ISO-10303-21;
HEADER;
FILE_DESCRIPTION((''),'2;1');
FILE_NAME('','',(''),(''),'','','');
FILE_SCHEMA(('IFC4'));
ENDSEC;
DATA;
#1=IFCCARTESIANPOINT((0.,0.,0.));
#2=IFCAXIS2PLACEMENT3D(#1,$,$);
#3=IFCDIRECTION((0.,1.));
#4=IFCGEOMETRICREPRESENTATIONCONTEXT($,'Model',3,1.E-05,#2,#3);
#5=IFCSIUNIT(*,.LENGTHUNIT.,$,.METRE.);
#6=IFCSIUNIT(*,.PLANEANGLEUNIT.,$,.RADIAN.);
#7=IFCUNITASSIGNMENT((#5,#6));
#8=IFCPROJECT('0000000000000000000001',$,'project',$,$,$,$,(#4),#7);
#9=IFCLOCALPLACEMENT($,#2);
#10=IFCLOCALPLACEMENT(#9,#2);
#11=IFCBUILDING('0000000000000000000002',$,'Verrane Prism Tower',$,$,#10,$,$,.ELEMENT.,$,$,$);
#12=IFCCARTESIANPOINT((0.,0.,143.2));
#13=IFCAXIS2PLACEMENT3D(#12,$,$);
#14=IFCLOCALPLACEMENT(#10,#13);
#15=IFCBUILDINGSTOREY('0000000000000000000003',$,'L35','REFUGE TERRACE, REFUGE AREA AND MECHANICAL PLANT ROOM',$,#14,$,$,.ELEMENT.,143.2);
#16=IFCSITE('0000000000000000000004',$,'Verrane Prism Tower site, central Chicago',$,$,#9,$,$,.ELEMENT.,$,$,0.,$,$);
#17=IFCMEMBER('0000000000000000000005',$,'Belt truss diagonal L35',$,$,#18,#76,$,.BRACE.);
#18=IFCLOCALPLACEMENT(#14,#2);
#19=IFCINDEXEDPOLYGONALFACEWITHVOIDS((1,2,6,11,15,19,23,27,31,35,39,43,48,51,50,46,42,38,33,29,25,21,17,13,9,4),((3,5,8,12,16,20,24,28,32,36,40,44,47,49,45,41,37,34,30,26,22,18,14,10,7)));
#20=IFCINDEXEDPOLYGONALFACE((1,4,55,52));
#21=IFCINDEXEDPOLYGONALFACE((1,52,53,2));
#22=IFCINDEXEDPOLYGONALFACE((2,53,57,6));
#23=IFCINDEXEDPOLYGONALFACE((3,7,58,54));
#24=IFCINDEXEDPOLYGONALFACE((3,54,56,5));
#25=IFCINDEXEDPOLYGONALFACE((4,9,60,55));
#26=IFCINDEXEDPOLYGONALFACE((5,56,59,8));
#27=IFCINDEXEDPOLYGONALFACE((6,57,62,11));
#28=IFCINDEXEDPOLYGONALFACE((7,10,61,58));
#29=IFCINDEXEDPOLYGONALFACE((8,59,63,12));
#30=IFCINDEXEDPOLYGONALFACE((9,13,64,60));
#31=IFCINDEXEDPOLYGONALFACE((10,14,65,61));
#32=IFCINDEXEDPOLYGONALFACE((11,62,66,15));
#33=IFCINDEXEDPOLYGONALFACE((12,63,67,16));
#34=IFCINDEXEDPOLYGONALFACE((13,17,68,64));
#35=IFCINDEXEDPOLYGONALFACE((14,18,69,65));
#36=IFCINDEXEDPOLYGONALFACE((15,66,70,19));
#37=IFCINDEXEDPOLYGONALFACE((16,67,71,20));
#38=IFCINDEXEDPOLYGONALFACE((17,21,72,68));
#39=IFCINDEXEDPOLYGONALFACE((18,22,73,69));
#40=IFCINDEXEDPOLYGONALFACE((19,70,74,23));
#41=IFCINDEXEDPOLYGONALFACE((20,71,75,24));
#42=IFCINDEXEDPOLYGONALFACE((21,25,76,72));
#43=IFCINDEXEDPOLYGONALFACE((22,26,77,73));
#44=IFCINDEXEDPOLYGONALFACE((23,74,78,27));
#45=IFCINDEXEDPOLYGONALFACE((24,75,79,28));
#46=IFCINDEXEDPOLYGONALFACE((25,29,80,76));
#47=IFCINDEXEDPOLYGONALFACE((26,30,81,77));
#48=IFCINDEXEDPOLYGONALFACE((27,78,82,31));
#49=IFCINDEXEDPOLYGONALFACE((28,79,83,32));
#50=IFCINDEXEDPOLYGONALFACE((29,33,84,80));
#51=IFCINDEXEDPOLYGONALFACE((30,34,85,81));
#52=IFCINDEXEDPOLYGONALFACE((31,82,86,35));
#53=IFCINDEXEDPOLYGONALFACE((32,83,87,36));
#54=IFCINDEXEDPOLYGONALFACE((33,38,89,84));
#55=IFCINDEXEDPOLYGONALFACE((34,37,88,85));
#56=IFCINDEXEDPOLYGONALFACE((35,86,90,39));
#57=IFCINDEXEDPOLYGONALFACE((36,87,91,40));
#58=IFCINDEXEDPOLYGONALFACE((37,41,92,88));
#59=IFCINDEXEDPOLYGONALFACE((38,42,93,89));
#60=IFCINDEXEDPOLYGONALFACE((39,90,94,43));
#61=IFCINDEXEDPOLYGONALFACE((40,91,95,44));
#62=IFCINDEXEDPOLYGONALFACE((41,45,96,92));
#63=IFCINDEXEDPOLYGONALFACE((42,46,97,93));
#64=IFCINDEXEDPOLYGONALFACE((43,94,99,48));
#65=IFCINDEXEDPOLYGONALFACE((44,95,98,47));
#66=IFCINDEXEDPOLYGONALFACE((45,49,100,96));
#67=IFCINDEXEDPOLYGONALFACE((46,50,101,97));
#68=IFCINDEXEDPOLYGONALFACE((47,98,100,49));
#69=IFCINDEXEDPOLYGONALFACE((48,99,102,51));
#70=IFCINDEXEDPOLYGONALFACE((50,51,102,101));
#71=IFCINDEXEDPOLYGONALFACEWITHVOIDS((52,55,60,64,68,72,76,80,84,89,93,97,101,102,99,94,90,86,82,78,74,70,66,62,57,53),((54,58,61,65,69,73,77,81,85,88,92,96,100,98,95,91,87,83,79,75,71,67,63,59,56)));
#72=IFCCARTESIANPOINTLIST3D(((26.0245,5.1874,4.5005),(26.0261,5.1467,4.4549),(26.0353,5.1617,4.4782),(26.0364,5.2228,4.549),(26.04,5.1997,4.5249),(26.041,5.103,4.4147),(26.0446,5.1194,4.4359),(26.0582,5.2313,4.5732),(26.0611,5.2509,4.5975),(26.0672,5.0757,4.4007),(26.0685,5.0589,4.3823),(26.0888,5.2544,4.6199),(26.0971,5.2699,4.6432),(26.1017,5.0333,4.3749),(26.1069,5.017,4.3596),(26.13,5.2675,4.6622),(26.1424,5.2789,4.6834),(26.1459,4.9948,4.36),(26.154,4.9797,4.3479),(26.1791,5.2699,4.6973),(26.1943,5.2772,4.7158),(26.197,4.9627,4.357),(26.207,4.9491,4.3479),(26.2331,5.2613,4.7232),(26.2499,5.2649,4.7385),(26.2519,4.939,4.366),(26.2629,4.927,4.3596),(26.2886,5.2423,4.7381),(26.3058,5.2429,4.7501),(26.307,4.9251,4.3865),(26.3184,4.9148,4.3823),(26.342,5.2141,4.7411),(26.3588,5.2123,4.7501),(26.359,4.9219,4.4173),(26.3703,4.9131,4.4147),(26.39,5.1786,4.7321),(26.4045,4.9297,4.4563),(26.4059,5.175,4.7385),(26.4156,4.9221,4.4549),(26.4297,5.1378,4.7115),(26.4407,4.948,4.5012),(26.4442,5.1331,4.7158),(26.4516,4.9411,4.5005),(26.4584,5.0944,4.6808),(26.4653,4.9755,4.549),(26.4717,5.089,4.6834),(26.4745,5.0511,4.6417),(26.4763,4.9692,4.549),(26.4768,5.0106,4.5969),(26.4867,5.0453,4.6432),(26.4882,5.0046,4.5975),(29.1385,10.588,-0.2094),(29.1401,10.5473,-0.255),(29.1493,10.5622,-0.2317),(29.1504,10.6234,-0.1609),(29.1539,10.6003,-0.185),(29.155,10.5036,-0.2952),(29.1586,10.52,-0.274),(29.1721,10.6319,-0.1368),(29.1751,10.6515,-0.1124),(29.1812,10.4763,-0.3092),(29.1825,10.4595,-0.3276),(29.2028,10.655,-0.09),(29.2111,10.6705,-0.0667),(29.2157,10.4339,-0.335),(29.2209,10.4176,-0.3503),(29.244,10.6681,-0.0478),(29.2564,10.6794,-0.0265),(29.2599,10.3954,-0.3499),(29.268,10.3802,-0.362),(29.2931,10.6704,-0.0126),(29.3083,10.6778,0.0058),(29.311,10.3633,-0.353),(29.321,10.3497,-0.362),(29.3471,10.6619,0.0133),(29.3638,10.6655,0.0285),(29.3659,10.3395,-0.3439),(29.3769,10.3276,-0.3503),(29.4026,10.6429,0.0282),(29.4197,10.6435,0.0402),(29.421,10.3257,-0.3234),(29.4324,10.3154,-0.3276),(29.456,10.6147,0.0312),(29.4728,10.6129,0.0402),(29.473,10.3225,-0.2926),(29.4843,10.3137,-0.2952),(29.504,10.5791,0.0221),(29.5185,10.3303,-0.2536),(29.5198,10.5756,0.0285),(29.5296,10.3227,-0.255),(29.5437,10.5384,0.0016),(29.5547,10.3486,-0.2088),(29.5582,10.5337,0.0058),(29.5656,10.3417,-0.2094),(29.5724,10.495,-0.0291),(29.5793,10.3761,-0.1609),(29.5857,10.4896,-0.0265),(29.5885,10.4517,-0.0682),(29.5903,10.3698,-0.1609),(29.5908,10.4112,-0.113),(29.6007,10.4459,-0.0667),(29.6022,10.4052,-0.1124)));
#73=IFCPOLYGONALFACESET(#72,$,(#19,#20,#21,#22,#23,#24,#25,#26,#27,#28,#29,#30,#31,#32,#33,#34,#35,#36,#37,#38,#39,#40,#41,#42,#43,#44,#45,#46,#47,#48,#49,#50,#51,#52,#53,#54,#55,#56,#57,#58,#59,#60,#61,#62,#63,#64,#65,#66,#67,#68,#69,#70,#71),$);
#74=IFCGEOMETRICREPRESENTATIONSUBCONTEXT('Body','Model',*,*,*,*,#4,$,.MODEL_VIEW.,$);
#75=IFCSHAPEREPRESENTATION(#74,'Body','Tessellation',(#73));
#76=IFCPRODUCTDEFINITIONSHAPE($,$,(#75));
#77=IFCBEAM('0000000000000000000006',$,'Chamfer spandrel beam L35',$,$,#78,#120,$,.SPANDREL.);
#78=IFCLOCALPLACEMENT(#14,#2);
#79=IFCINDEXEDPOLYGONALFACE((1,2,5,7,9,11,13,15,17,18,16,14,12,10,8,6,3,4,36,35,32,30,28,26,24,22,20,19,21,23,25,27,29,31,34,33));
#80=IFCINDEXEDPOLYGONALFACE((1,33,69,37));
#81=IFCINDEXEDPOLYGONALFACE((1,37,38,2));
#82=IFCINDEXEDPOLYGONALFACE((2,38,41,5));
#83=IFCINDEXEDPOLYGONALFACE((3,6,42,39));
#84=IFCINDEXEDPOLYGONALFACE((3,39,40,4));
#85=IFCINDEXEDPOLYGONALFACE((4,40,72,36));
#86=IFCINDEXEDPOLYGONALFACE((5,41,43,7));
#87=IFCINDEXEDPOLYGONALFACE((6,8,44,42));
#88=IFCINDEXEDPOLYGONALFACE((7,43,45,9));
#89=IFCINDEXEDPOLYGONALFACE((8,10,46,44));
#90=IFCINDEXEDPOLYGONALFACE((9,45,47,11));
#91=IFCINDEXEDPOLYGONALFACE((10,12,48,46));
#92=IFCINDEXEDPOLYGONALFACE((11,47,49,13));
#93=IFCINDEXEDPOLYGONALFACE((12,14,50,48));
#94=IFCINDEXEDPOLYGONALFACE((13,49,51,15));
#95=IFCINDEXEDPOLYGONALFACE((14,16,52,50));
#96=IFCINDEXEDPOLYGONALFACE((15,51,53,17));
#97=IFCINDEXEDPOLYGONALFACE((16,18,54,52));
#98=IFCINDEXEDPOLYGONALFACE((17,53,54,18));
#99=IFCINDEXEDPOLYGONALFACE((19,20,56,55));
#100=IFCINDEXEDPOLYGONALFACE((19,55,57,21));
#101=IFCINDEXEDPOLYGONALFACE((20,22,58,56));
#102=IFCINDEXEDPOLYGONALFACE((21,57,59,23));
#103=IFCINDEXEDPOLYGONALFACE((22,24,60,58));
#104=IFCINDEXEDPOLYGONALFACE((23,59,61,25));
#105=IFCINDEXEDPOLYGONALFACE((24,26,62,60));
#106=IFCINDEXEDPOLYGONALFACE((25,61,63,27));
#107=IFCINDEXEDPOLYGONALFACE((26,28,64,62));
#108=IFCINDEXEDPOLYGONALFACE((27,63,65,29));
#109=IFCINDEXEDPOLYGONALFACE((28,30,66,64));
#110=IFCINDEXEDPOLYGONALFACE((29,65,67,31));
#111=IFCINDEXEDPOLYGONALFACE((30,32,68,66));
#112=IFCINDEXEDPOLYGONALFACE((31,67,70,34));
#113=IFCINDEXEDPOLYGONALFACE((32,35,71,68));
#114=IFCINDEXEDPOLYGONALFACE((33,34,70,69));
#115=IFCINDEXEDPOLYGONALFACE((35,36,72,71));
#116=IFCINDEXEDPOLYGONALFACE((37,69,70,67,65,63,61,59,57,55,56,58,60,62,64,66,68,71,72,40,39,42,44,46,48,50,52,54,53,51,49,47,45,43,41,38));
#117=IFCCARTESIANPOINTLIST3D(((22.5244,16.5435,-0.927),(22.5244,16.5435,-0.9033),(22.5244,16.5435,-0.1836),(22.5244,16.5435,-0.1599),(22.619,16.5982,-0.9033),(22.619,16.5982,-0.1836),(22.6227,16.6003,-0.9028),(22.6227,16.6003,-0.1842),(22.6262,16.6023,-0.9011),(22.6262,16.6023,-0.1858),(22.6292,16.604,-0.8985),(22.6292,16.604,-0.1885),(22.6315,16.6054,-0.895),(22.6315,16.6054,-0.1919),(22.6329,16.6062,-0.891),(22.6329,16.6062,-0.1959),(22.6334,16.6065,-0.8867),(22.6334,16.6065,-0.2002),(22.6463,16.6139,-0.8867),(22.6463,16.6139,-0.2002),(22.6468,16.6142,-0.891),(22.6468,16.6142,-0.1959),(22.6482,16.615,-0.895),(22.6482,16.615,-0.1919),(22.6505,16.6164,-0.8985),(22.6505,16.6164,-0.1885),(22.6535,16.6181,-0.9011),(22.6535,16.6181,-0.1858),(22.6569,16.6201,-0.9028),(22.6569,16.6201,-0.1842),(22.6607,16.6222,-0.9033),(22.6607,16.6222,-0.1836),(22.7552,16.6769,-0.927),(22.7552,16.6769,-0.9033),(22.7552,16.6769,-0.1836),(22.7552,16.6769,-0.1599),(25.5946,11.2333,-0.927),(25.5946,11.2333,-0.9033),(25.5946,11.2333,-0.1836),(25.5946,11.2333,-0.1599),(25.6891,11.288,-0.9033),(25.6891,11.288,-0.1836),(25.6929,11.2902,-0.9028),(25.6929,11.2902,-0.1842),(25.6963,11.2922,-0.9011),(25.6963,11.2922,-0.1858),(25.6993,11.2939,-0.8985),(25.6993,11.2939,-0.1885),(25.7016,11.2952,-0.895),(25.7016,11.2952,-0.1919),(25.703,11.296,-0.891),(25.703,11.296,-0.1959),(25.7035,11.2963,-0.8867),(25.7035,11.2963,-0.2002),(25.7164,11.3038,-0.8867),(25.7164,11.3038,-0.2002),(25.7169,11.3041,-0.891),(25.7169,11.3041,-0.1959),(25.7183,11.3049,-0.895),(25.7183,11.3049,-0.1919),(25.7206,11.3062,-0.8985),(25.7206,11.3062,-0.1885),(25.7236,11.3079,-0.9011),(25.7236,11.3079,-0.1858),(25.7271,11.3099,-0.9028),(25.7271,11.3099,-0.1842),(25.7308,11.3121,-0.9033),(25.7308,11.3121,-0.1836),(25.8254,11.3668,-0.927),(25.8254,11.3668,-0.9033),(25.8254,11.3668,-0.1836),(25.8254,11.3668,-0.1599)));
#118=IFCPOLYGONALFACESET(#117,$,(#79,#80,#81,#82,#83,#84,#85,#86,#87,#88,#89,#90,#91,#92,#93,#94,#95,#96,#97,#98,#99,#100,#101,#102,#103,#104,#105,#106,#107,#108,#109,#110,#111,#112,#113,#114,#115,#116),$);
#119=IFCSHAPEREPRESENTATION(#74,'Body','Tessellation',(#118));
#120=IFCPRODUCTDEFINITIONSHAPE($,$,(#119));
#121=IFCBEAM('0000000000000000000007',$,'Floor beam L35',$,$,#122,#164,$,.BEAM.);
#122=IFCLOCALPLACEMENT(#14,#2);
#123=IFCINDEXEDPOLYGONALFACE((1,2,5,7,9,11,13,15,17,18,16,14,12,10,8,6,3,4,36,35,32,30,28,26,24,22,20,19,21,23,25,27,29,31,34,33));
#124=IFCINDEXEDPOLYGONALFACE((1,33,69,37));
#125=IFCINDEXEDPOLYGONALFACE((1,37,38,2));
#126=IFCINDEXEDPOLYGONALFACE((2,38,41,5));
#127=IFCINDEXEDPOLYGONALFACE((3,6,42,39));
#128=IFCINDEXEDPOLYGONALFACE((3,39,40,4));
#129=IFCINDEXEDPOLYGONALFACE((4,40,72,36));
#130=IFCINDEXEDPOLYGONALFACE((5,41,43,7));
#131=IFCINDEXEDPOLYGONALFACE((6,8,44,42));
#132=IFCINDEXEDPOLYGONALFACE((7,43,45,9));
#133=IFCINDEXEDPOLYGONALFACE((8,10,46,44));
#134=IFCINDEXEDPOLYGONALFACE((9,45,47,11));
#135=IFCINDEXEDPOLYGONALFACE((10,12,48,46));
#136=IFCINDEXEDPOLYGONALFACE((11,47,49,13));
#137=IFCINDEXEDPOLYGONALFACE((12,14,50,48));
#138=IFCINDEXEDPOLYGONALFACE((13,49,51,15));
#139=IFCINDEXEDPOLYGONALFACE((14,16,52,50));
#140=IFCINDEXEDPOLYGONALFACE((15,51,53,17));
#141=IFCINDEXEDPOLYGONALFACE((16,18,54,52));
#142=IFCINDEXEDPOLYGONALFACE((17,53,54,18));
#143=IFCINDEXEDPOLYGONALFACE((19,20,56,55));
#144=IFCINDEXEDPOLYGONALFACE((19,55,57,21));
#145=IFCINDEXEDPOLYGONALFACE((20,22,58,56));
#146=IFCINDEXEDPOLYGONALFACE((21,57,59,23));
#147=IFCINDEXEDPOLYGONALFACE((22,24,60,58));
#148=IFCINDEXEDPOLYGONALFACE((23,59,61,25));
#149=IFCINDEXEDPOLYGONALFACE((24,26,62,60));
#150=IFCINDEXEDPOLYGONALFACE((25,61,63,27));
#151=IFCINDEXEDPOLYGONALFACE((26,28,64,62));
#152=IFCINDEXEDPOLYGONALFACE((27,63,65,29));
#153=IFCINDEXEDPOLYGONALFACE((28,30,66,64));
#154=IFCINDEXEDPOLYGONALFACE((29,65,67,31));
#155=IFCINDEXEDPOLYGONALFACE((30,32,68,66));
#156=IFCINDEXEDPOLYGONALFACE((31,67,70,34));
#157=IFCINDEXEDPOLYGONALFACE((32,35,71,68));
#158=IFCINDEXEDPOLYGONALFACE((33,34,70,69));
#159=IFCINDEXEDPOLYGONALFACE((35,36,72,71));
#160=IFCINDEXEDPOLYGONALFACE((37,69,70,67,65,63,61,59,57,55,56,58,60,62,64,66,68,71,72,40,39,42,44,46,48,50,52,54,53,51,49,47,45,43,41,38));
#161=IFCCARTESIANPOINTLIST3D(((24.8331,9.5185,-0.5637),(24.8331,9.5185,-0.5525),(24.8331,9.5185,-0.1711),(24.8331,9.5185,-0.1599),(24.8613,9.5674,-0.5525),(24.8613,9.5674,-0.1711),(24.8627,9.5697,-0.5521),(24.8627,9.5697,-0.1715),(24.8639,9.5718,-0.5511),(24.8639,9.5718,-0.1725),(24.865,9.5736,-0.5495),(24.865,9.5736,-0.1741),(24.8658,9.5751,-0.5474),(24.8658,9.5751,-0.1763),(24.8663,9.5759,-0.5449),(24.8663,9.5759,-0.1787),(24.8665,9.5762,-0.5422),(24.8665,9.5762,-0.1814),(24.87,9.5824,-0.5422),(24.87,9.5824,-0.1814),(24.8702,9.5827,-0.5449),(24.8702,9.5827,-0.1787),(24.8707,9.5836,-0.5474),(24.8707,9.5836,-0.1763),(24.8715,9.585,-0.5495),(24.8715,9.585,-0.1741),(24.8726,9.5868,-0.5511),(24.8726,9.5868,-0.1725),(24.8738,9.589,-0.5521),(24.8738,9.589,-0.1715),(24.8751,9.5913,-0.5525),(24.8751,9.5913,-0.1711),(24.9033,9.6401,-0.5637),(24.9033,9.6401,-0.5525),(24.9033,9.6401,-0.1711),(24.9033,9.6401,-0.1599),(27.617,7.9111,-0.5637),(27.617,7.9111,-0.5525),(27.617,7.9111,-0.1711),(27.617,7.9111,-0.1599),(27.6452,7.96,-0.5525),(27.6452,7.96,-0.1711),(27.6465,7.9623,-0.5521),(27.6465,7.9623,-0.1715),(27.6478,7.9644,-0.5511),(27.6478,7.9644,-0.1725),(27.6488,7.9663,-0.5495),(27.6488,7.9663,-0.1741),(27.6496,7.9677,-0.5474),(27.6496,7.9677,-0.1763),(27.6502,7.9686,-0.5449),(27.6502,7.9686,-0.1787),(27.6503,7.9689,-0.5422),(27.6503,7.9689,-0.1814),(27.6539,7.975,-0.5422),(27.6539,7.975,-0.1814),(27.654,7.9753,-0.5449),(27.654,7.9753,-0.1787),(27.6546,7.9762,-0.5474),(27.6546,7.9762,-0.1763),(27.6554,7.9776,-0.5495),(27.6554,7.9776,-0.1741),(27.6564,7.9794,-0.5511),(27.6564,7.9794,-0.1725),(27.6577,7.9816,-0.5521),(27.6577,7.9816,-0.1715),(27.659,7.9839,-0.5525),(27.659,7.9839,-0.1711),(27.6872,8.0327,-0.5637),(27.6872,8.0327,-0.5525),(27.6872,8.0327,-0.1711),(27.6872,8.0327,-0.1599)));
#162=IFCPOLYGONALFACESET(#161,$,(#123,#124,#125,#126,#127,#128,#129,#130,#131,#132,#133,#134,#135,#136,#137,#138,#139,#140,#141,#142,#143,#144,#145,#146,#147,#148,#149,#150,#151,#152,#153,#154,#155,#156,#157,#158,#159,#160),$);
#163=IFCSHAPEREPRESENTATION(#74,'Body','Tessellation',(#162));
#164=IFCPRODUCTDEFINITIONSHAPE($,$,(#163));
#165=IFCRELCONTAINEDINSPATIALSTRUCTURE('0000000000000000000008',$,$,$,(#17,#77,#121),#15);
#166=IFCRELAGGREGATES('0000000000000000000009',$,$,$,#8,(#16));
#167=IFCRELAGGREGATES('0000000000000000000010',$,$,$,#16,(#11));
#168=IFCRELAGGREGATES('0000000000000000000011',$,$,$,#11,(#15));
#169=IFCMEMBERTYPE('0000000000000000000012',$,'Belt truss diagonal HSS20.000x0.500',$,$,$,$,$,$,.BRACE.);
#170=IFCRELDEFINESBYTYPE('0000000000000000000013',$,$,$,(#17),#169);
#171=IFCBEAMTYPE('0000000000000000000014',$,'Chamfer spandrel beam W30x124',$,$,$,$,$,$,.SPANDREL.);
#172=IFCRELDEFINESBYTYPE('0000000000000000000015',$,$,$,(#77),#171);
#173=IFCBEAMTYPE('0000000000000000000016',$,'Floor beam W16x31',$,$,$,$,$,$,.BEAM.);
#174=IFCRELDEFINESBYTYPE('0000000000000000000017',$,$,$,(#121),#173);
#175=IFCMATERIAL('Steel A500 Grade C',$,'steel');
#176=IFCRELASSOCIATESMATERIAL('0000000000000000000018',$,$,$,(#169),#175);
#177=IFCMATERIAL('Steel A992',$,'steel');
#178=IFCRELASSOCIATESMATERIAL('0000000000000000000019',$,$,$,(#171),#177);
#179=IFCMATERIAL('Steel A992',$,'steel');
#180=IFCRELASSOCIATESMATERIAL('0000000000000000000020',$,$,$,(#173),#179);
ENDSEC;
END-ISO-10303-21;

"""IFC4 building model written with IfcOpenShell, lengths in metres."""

from ifc_helpers import new_model, si_unit, direction, frame, origin, origin_2d, place, context, subcontext, project, spatial, hollow_circle, i_section, extrude, material, material_profile, profile_set, type_object, element, save


model = new_model("IFC4")

# Units and contexts
model_context = context("Model", 3, precision=1e-05, world=origin(), true_north=direction((0.0, 1.0)))
body_context = subcontext(model_context, "Body", "Model", "MODEL_VIEW")
ifc_project = project(units=[si_unit("LENGTHUNIT", "METRE"), si_unit("PLANEANGLEUNIT", "RADIAN")], contexts=[model_context])

# Site, building, storey
site_placement = place(None, origin())
site = spatial("IfcSite", under=ifc_project, at=site_placement, Name="Verrane Prism Tower site, central Chicago", CompositionType="ELEMENT", RefElevation=0.0)
building_placement = place(site_placement, origin())
building = spatial("IfcBuilding", under=site, at=building_placement, Name="Verrane Prism Tower", CompositionType="ELEMENT")
storey_placement = place(building_placement, frame((0.0, 0.0, 143.2)))
storey = spatial("IfcBuildingStorey", under=building, at=storey_placement, Name="L35", Description="REFUGE TERRACE, REFUGE AREA AND MECHANICAL PLANT ROOM", CompositionType="ELEMENT", Elevation=143.2)

# Member
ifc_material_1 = material(Name="Steel A500 Grade C", Category="steel")
ifc_material_profile_1 = material_profile(ifc_material_1, hollow_circle(Radius=0.2539, WallThickness=0.0127, at=origin_2d()), Name="HSS20.000x0.500")
ifc_profile_set_1 = profile_set([ifc_material_profile_1], Name="Steel A500 Grade C")
member_type_1 = type_object("IfcMemberType", Name="Belt truss diagonal HSS20.000x0.500", PredefinedType="BRACE", material=ifc_profile_set_1)
member_1_placement = place(storey_placement, frame((29.3704, 10.4966, -0.1609), z_axis=(-0.398553, -0.69121, 0.602813), x_axis=(0.866306, -0.499513, 0.0)))
element("IfcMember", 1, at=member_1_placement, inside=storey, type_object=member_type_1, Name="Belt truss diagonal L35", PredefinedType="BRACE", context=body_context, shape_type="SweptSolid", body=[
    extrude(hollow_circle(Radius=0.2539, WallThickness=0.0127, at=origin_2d()), origin(), (0.0, 0.0, 1.0), 7.8132),
])

# Beams
ifc_material_2 = material(Name="Steel A992", Category="steel")
ifc_material_profile_2 = material_profile(ifc_material_2, i_section(OverallWidth=0.2666, OverallDepth=0.7671, WebThickness=0.0149, FlangeThickness=0.0237, FilletRadius=0.0166, at=origin_2d()), Name="W30x124")
ifc_profile_set_2 = profile_set([ifc_material_profile_2], Name="Steel A992")
beam_type_1 = type_object("IfcBeamType", Name="Chamfer spandrel beam W30x124", PredefinedType="SPANDREL", material=ifc_profile_set_2)
beam_1_placement = place(storey_placement, frame((25.71, 11.3, -0.5435), z_axis=(-0.500526, 0.865721, 0.0), x_axis=(-0.865721, -0.500526, 0.0)))
element("IfcBeam", 2, at=beam_1_placement, inside=storey, type_object=beam_type_1, Name="Chamfer spandrel beam L35", PredefinedType="SPANDREL", context=body_context, shape_type="SweptSolid", body=[
    extrude(i_section(OverallWidth=0.2666, OverallDepth=0.7671, WebThickness=0.0149, FlangeThickness=0.0237, FilletRadius=0.0166, at=origin_2d()), origin(), (0.0, 0.0, 1.0), 6.1338),
])
ifc_material_3 = material(Name="Steel A992", Category="steel")
ifc_material_profile_3 = material_profile(ifc_material_3, i_section(OverallWidth=0.1404, OverallDepth=0.4038, WebThickness=0.0071, FlangeThickness=0.0112, FilletRadius=0.0103, at=origin_2d()), Name="W16x31")
ifc_profile_set_3 = profile_set([ifc_material_profile_3], Name="Steel A992")
beam_type_2 = type_object("IfcBeamType", Name="Floor beam W16x31", PredefinedType="BEAM", material=ifc_profile_set_3)
beam_2_placement = place(storey_placement, frame((27.6521, 7.9719, -0.3618), z_axis=(-0.86601, 0.500027, 0.0), x_axis=(-0.500027, -0.86601, 0.0)))
element("IfcBeam", 3, at=beam_2_placement, inside=storey, type_object=beam_type_2, Name="Floor beam L35", PredefinedType="BEAM", context=body_context, shape_type="SweptSolid", body=[
    extrude(i_section(OverallWidth=0.1404, OverallDepth=0.4038, WebThickness=0.0071, FlangeThickness=0.0112, FilletRadius=0.0103, at=origin_2d()), origin(), (0.0, 0.0, 1.0), 3.2146),
])

save(model, "model.ifc")
